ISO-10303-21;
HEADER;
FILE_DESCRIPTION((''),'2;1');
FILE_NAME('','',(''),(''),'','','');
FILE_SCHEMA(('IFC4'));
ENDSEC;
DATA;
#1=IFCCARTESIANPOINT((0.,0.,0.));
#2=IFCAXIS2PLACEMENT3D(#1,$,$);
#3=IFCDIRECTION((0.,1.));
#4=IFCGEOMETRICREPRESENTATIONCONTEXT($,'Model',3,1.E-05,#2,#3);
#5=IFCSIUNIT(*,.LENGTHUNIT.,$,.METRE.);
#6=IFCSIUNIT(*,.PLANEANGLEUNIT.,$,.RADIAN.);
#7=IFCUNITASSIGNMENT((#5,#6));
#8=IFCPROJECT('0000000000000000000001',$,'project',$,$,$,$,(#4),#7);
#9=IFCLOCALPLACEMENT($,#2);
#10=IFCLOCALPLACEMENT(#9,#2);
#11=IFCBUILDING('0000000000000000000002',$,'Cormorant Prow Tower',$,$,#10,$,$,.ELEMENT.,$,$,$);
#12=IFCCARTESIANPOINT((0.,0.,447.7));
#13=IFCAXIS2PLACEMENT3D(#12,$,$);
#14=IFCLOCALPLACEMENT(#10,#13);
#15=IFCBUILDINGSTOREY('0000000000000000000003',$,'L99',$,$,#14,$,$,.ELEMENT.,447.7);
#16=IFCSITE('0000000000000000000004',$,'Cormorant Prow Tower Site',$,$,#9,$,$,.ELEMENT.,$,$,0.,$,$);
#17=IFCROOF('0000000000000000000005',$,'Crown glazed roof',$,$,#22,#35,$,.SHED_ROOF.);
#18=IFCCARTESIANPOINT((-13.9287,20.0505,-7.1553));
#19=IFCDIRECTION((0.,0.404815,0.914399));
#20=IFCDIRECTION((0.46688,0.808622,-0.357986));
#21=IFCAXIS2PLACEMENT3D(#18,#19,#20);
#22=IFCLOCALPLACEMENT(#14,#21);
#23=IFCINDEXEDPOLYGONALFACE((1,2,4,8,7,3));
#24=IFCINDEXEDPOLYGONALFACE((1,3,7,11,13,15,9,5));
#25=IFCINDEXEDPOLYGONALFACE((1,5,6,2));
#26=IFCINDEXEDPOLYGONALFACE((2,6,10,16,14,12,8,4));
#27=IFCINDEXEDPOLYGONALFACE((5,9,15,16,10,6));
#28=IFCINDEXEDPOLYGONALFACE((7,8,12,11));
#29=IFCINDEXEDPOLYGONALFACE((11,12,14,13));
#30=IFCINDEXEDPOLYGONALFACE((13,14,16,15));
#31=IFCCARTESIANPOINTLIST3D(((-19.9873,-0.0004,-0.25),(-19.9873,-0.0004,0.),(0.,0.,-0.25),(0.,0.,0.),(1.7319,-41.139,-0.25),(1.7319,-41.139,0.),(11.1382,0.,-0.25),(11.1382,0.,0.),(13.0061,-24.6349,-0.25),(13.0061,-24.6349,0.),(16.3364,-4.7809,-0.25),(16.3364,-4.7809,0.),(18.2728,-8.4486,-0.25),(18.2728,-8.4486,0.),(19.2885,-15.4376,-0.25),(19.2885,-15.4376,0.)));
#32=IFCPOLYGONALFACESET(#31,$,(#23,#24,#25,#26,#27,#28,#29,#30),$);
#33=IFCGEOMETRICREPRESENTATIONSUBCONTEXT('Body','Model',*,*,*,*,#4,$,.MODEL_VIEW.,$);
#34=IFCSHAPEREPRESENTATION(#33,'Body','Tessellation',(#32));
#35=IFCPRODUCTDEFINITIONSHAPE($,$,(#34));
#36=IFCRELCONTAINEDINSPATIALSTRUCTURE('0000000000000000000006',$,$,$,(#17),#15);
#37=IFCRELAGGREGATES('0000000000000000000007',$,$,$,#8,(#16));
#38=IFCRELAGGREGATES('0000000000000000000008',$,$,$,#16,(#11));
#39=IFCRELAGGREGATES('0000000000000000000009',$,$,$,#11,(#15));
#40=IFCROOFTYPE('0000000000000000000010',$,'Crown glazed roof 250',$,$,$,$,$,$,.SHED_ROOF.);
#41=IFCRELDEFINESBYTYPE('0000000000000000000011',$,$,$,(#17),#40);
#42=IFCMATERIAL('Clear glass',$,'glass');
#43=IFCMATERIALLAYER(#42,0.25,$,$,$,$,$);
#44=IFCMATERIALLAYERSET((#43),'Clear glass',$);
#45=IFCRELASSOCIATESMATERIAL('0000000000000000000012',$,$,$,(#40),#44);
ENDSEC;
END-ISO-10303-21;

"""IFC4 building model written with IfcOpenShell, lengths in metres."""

from ifc_helpers import new_model, si_unit, direction, frame, origin, place, context, subcontext, project, spatial, polyline, outline, extrude, material, layer, layer_set, type_object, element, save


model = new_model("IFC4")

# Units and contexts
model_context = context("Model", 3, precision=1e-05, world=origin(), true_north=direction((0.0, 1.0)))
body_context = subcontext(model_context, "Body", "Model", "MODEL_VIEW")
ifc_project = project(units=[si_unit("LENGTHUNIT", "METRE"), si_unit("PLANEANGLEUNIT", "RADIAN")], contexts=[model_context])

# Site, building, storey
site_placement = place(None, origin())
site = spatial("IfcSite", under=ifc_project, at=site_placement, Name="Cormorant Prow Tower Site", CompositionType="ELEMENT", RefElevation=0.0)
building_placement = place(site_placement, origin())
building = spatial("IfcBuilding", under=site, at=building_placement, Name="Cormorant Prow Tower", CompositionType="ELEMENT")
storey_placement = place(building_placement, frame((0.0, 0.0, 447.7)))
storey = spatial("IfcBuildingStorey", under=building, at=storey_placement, Name="L99", CompositionType="ELEMENT", Elevation=447.7)

# Roof
ifc_material_1 = material(Name="Clear glass", Category="glass")
ifc_layer_1 = layer(ifc_material_1, 0.25)
ifc_layer_set_1 = layer_set([ifc_layer_1], Name="Clear glass")
roof_type = type_object("IfcRoofType", Name="Crown glazed roof 250", PredefinedType="SHED_ROOF", material=ifc_layer_set_1)
roof_placement = place(storey_placement, frame((-13.9287, 20.0505, -7.1553), z_axis=(0.0, 0.404815, 0.914399), x_axis=(0.46688, 0.808622, -0.357986)))
element("IfcRoof", 1, at=roof_placement, inside=storey, type_object=roof_type, Name="Crown glazed roof", PredefinedType="SHED_ROOF", context=body_context, shape_type="SweptSolid", body=[
    extrude(outline(polyline([(0.0, 0.0), (11.1382, 0.0), (16.3364, -4.7809), (18.2728, -8.4486), (19.2885, -15.4376), (13.0061, -24.6349), (1.7319, -41.139), (-19.9873, -0.0004), (0.0, 0.0)])), origin(), (0.0, 0.0, -1.0), 0.25),
])

save(model, "model.ifc")
